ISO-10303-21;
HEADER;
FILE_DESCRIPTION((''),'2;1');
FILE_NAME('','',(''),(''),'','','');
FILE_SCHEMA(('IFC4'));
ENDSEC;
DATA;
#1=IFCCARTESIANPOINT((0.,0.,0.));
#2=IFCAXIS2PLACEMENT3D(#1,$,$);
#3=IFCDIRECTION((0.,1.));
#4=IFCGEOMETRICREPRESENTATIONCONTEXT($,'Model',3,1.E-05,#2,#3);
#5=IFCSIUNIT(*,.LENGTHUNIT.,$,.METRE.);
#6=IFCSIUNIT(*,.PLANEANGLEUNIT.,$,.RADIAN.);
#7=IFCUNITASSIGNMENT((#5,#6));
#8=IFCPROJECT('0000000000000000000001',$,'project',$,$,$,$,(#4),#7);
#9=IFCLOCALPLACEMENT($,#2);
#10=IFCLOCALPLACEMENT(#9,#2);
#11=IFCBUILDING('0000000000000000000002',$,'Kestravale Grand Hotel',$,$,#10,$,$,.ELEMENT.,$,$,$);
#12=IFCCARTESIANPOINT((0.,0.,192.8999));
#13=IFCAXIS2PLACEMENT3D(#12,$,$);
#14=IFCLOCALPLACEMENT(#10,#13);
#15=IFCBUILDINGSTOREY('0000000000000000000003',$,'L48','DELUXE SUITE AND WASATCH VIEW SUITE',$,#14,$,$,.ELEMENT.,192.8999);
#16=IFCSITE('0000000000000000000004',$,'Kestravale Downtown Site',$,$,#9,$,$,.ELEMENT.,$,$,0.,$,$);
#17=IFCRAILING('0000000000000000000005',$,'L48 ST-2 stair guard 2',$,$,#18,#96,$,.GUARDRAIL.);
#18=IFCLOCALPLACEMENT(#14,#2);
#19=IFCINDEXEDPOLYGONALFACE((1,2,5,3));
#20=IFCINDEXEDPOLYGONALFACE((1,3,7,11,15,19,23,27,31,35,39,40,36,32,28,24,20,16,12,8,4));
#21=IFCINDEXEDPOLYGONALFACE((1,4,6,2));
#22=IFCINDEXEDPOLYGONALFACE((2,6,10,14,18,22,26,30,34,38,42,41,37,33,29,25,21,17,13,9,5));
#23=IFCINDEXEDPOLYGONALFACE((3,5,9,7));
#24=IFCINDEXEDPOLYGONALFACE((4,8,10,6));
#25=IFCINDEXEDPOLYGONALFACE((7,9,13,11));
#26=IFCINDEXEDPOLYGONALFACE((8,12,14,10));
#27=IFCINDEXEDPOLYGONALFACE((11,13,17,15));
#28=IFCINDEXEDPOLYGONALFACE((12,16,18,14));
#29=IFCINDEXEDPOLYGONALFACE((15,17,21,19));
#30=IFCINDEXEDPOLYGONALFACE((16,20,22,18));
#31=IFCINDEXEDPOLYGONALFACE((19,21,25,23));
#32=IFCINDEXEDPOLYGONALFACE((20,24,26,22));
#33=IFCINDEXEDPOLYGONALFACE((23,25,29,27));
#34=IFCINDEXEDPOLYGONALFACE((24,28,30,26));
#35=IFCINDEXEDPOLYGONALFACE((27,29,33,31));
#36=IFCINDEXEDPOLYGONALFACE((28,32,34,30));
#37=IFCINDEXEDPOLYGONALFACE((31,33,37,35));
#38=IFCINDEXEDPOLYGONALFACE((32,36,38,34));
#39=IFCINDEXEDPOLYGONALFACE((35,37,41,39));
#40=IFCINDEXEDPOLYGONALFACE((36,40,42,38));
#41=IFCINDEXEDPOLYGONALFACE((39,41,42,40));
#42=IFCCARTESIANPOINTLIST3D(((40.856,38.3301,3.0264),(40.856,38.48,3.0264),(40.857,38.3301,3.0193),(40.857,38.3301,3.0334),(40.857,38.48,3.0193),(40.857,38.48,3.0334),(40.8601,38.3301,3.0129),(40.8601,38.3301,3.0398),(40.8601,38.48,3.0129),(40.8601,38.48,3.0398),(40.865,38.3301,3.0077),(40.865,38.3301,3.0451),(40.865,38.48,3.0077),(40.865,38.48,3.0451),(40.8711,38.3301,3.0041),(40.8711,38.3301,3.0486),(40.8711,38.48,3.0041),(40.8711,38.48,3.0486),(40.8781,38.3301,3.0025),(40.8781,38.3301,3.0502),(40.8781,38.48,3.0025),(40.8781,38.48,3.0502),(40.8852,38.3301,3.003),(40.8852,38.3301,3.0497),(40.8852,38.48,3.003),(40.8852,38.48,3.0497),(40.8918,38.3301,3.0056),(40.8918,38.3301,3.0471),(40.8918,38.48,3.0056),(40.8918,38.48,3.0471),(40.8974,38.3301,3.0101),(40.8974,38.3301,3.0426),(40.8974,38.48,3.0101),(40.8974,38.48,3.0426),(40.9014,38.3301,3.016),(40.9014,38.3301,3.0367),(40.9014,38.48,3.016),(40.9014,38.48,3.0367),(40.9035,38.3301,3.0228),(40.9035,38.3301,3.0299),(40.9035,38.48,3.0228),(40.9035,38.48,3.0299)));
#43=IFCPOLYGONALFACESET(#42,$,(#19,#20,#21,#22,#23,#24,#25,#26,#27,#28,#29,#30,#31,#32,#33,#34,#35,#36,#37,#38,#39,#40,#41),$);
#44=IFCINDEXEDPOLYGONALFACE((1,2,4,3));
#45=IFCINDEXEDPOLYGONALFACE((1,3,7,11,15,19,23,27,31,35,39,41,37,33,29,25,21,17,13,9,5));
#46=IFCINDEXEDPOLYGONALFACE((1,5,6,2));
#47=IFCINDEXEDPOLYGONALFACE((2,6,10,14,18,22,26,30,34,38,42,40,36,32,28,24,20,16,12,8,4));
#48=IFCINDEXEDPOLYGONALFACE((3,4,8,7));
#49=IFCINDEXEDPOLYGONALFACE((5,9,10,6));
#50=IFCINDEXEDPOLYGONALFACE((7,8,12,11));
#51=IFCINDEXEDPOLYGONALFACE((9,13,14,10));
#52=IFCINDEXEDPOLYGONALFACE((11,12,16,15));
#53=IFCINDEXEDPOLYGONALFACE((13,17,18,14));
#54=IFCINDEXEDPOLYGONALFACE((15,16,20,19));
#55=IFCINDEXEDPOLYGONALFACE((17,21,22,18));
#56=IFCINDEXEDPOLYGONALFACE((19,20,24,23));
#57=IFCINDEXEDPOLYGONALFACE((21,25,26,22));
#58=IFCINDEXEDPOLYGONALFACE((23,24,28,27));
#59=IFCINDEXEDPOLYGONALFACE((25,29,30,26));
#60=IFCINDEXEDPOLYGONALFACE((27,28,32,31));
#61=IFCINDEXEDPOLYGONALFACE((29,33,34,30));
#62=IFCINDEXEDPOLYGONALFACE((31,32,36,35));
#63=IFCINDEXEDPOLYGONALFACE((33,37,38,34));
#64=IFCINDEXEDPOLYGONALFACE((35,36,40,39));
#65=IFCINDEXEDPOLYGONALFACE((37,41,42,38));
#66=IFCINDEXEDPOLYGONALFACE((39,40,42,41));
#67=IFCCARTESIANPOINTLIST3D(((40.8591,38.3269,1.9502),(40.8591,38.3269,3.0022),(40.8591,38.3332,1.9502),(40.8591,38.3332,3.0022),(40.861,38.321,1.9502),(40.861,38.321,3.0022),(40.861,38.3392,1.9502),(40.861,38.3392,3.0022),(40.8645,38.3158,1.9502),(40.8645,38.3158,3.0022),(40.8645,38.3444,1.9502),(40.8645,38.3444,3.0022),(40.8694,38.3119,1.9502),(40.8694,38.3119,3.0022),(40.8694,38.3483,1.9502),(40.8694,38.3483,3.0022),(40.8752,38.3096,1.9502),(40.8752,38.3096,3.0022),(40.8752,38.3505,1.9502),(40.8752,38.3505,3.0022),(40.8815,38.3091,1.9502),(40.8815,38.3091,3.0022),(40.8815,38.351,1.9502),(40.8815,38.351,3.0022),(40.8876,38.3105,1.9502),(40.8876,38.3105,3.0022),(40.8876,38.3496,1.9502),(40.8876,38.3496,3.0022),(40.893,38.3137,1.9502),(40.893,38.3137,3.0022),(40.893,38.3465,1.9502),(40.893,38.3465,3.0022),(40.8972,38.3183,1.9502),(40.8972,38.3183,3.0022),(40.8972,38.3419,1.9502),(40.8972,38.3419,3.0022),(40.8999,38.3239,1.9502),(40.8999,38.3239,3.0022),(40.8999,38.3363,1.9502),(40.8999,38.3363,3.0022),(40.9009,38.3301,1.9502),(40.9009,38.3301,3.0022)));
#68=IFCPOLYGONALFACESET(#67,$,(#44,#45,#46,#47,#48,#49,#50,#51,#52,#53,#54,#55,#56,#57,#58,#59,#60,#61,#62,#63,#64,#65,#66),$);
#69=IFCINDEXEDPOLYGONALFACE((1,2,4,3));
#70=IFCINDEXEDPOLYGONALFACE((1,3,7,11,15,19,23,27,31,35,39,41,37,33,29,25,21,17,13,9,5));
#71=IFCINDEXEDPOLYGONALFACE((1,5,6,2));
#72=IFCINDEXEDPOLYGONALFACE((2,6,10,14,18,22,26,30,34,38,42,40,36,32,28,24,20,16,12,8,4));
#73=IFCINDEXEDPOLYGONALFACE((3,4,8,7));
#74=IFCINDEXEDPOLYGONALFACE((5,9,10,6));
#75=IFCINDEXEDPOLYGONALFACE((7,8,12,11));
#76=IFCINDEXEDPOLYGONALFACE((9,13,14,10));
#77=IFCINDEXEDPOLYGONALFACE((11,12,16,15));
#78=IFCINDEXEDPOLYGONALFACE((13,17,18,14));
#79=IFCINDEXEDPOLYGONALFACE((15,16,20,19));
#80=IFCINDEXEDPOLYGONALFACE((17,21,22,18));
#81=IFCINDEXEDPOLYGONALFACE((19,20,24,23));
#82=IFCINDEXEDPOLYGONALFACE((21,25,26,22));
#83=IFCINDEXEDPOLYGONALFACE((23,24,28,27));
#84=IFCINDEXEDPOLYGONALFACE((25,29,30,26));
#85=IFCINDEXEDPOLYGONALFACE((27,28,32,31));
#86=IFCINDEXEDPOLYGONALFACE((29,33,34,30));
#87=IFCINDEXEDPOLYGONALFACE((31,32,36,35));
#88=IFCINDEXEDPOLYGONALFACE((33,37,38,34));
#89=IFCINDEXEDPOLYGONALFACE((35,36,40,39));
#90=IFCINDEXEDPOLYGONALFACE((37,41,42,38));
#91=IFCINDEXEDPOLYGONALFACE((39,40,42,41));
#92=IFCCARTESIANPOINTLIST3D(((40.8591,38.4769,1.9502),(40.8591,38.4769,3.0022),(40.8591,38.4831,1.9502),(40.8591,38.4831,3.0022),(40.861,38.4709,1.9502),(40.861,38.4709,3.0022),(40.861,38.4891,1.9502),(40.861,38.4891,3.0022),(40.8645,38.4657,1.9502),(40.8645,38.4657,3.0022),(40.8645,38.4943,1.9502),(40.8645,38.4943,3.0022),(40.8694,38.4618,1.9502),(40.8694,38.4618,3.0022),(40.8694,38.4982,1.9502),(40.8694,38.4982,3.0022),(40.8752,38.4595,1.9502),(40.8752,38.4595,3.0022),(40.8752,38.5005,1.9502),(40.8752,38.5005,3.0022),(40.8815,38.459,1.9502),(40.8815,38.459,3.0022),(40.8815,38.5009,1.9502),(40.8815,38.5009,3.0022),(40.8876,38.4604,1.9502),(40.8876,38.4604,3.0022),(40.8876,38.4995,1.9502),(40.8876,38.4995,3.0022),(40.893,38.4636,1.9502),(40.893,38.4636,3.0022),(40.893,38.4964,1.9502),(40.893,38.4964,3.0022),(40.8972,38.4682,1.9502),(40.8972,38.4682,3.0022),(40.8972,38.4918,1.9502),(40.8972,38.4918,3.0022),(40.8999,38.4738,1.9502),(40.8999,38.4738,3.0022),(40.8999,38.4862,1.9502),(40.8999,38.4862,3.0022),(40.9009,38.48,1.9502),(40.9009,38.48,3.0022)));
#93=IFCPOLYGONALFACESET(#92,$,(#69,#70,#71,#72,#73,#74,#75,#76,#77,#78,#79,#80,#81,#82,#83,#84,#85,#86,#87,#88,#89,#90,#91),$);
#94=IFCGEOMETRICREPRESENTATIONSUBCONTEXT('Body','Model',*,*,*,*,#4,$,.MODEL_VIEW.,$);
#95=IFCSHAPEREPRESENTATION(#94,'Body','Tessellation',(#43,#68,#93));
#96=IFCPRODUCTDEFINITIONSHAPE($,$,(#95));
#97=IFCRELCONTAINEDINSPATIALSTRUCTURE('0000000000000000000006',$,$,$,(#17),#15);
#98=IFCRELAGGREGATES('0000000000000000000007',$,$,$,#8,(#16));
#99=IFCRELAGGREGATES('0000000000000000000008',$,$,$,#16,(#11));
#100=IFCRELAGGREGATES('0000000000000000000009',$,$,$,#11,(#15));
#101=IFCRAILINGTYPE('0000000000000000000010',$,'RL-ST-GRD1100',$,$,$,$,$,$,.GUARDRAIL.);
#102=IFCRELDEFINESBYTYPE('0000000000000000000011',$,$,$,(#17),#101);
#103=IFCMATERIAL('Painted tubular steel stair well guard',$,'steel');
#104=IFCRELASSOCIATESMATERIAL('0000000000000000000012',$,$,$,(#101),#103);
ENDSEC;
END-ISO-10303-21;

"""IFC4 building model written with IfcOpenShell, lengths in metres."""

from ifc_helpers import new_model, si_unit, direction, frame, origin, origin_2d, place, context, subcontext, project, spatial, circle, extrude, material, type_object, element, save


model = new_model("IFC4")

# Units and contexts
model_context = context("Model", 3, precision=1e-05, world=origin(), true_north=direction((0.0, 1.0)))
body_context = subcontext(model_context, "Body", "Model", "MODEL_VIEW")
ifc_project = project(units=[si_unit("LENGTHUNIT", "METRE"), si_unit("PLANEANGLEUNIT", "RADIAN")], contexts=[model_context])

# Site, building, storey
site_placement = place(None, origin())
site = spatial("IfcSite", under=ifc_project, at=site_placement, Name="Kestravale Downtown Site", CompositionType="ELEMENT", RefElevation=0.0)
building_placement = place(site_placement, origin())
building = spatial("IfcBuilding", under=site, at=building_placement, Name="Kestravale Grand Hotel", CompositionType="ELEMENT")
storey_placement = place(building_placement, frame((0.0, 0.0, 192.8999)))
storey = spatial("IfcBuildingStorey", under=building, at=storey_placement, Name="L48", Description="DELUXE SUITE AND WASATCH VIEW SUITE", CompositionType="ELEMENT", Elevation=192.8999)

# Railing
ifc_material_1 = material(Name="Painted tubular steel stair well guard", Category="steel")
railing_type_1 = type_object("IfcRailingType", Name="RL-ST-GRD1100", PredefinedType="GUARDRAIL", material=ifc_material_1)
railing_1_placement = place(storey_placement, frame((40.8799, 38.3301, 1.9502)))
element("IfcRailing", 1, at=railing_1_placement, inside=storey, type_object=railing_type_1, Name="L48 ST-2 stair guard 2", PredefinedType="GUARDRAIL", context=body_context, shape_type="SweptSolid", body=[
    extrude(circle(Radius=0.0239, at=origin_2d()), frame((0.0, 0.0, 1.0762), z_axis=(0.0, 1.0, 0.0), x_axis=(-1.0, 0.0, 0.0)), (0.0, 0.0, 1.0), 0.1499),
    extrude(circle(Radius=0.021, at=origin_2d()), origin(), (0.0, 0.0, 1.0), 1.052),
    extrude(circle(Radius=0.021, at=origin_2d()), frame((0.0, 0.1499, 0.0)), (0.0, 0.0, 1.0), 1.052),
])

save(model, "model.ifc")
